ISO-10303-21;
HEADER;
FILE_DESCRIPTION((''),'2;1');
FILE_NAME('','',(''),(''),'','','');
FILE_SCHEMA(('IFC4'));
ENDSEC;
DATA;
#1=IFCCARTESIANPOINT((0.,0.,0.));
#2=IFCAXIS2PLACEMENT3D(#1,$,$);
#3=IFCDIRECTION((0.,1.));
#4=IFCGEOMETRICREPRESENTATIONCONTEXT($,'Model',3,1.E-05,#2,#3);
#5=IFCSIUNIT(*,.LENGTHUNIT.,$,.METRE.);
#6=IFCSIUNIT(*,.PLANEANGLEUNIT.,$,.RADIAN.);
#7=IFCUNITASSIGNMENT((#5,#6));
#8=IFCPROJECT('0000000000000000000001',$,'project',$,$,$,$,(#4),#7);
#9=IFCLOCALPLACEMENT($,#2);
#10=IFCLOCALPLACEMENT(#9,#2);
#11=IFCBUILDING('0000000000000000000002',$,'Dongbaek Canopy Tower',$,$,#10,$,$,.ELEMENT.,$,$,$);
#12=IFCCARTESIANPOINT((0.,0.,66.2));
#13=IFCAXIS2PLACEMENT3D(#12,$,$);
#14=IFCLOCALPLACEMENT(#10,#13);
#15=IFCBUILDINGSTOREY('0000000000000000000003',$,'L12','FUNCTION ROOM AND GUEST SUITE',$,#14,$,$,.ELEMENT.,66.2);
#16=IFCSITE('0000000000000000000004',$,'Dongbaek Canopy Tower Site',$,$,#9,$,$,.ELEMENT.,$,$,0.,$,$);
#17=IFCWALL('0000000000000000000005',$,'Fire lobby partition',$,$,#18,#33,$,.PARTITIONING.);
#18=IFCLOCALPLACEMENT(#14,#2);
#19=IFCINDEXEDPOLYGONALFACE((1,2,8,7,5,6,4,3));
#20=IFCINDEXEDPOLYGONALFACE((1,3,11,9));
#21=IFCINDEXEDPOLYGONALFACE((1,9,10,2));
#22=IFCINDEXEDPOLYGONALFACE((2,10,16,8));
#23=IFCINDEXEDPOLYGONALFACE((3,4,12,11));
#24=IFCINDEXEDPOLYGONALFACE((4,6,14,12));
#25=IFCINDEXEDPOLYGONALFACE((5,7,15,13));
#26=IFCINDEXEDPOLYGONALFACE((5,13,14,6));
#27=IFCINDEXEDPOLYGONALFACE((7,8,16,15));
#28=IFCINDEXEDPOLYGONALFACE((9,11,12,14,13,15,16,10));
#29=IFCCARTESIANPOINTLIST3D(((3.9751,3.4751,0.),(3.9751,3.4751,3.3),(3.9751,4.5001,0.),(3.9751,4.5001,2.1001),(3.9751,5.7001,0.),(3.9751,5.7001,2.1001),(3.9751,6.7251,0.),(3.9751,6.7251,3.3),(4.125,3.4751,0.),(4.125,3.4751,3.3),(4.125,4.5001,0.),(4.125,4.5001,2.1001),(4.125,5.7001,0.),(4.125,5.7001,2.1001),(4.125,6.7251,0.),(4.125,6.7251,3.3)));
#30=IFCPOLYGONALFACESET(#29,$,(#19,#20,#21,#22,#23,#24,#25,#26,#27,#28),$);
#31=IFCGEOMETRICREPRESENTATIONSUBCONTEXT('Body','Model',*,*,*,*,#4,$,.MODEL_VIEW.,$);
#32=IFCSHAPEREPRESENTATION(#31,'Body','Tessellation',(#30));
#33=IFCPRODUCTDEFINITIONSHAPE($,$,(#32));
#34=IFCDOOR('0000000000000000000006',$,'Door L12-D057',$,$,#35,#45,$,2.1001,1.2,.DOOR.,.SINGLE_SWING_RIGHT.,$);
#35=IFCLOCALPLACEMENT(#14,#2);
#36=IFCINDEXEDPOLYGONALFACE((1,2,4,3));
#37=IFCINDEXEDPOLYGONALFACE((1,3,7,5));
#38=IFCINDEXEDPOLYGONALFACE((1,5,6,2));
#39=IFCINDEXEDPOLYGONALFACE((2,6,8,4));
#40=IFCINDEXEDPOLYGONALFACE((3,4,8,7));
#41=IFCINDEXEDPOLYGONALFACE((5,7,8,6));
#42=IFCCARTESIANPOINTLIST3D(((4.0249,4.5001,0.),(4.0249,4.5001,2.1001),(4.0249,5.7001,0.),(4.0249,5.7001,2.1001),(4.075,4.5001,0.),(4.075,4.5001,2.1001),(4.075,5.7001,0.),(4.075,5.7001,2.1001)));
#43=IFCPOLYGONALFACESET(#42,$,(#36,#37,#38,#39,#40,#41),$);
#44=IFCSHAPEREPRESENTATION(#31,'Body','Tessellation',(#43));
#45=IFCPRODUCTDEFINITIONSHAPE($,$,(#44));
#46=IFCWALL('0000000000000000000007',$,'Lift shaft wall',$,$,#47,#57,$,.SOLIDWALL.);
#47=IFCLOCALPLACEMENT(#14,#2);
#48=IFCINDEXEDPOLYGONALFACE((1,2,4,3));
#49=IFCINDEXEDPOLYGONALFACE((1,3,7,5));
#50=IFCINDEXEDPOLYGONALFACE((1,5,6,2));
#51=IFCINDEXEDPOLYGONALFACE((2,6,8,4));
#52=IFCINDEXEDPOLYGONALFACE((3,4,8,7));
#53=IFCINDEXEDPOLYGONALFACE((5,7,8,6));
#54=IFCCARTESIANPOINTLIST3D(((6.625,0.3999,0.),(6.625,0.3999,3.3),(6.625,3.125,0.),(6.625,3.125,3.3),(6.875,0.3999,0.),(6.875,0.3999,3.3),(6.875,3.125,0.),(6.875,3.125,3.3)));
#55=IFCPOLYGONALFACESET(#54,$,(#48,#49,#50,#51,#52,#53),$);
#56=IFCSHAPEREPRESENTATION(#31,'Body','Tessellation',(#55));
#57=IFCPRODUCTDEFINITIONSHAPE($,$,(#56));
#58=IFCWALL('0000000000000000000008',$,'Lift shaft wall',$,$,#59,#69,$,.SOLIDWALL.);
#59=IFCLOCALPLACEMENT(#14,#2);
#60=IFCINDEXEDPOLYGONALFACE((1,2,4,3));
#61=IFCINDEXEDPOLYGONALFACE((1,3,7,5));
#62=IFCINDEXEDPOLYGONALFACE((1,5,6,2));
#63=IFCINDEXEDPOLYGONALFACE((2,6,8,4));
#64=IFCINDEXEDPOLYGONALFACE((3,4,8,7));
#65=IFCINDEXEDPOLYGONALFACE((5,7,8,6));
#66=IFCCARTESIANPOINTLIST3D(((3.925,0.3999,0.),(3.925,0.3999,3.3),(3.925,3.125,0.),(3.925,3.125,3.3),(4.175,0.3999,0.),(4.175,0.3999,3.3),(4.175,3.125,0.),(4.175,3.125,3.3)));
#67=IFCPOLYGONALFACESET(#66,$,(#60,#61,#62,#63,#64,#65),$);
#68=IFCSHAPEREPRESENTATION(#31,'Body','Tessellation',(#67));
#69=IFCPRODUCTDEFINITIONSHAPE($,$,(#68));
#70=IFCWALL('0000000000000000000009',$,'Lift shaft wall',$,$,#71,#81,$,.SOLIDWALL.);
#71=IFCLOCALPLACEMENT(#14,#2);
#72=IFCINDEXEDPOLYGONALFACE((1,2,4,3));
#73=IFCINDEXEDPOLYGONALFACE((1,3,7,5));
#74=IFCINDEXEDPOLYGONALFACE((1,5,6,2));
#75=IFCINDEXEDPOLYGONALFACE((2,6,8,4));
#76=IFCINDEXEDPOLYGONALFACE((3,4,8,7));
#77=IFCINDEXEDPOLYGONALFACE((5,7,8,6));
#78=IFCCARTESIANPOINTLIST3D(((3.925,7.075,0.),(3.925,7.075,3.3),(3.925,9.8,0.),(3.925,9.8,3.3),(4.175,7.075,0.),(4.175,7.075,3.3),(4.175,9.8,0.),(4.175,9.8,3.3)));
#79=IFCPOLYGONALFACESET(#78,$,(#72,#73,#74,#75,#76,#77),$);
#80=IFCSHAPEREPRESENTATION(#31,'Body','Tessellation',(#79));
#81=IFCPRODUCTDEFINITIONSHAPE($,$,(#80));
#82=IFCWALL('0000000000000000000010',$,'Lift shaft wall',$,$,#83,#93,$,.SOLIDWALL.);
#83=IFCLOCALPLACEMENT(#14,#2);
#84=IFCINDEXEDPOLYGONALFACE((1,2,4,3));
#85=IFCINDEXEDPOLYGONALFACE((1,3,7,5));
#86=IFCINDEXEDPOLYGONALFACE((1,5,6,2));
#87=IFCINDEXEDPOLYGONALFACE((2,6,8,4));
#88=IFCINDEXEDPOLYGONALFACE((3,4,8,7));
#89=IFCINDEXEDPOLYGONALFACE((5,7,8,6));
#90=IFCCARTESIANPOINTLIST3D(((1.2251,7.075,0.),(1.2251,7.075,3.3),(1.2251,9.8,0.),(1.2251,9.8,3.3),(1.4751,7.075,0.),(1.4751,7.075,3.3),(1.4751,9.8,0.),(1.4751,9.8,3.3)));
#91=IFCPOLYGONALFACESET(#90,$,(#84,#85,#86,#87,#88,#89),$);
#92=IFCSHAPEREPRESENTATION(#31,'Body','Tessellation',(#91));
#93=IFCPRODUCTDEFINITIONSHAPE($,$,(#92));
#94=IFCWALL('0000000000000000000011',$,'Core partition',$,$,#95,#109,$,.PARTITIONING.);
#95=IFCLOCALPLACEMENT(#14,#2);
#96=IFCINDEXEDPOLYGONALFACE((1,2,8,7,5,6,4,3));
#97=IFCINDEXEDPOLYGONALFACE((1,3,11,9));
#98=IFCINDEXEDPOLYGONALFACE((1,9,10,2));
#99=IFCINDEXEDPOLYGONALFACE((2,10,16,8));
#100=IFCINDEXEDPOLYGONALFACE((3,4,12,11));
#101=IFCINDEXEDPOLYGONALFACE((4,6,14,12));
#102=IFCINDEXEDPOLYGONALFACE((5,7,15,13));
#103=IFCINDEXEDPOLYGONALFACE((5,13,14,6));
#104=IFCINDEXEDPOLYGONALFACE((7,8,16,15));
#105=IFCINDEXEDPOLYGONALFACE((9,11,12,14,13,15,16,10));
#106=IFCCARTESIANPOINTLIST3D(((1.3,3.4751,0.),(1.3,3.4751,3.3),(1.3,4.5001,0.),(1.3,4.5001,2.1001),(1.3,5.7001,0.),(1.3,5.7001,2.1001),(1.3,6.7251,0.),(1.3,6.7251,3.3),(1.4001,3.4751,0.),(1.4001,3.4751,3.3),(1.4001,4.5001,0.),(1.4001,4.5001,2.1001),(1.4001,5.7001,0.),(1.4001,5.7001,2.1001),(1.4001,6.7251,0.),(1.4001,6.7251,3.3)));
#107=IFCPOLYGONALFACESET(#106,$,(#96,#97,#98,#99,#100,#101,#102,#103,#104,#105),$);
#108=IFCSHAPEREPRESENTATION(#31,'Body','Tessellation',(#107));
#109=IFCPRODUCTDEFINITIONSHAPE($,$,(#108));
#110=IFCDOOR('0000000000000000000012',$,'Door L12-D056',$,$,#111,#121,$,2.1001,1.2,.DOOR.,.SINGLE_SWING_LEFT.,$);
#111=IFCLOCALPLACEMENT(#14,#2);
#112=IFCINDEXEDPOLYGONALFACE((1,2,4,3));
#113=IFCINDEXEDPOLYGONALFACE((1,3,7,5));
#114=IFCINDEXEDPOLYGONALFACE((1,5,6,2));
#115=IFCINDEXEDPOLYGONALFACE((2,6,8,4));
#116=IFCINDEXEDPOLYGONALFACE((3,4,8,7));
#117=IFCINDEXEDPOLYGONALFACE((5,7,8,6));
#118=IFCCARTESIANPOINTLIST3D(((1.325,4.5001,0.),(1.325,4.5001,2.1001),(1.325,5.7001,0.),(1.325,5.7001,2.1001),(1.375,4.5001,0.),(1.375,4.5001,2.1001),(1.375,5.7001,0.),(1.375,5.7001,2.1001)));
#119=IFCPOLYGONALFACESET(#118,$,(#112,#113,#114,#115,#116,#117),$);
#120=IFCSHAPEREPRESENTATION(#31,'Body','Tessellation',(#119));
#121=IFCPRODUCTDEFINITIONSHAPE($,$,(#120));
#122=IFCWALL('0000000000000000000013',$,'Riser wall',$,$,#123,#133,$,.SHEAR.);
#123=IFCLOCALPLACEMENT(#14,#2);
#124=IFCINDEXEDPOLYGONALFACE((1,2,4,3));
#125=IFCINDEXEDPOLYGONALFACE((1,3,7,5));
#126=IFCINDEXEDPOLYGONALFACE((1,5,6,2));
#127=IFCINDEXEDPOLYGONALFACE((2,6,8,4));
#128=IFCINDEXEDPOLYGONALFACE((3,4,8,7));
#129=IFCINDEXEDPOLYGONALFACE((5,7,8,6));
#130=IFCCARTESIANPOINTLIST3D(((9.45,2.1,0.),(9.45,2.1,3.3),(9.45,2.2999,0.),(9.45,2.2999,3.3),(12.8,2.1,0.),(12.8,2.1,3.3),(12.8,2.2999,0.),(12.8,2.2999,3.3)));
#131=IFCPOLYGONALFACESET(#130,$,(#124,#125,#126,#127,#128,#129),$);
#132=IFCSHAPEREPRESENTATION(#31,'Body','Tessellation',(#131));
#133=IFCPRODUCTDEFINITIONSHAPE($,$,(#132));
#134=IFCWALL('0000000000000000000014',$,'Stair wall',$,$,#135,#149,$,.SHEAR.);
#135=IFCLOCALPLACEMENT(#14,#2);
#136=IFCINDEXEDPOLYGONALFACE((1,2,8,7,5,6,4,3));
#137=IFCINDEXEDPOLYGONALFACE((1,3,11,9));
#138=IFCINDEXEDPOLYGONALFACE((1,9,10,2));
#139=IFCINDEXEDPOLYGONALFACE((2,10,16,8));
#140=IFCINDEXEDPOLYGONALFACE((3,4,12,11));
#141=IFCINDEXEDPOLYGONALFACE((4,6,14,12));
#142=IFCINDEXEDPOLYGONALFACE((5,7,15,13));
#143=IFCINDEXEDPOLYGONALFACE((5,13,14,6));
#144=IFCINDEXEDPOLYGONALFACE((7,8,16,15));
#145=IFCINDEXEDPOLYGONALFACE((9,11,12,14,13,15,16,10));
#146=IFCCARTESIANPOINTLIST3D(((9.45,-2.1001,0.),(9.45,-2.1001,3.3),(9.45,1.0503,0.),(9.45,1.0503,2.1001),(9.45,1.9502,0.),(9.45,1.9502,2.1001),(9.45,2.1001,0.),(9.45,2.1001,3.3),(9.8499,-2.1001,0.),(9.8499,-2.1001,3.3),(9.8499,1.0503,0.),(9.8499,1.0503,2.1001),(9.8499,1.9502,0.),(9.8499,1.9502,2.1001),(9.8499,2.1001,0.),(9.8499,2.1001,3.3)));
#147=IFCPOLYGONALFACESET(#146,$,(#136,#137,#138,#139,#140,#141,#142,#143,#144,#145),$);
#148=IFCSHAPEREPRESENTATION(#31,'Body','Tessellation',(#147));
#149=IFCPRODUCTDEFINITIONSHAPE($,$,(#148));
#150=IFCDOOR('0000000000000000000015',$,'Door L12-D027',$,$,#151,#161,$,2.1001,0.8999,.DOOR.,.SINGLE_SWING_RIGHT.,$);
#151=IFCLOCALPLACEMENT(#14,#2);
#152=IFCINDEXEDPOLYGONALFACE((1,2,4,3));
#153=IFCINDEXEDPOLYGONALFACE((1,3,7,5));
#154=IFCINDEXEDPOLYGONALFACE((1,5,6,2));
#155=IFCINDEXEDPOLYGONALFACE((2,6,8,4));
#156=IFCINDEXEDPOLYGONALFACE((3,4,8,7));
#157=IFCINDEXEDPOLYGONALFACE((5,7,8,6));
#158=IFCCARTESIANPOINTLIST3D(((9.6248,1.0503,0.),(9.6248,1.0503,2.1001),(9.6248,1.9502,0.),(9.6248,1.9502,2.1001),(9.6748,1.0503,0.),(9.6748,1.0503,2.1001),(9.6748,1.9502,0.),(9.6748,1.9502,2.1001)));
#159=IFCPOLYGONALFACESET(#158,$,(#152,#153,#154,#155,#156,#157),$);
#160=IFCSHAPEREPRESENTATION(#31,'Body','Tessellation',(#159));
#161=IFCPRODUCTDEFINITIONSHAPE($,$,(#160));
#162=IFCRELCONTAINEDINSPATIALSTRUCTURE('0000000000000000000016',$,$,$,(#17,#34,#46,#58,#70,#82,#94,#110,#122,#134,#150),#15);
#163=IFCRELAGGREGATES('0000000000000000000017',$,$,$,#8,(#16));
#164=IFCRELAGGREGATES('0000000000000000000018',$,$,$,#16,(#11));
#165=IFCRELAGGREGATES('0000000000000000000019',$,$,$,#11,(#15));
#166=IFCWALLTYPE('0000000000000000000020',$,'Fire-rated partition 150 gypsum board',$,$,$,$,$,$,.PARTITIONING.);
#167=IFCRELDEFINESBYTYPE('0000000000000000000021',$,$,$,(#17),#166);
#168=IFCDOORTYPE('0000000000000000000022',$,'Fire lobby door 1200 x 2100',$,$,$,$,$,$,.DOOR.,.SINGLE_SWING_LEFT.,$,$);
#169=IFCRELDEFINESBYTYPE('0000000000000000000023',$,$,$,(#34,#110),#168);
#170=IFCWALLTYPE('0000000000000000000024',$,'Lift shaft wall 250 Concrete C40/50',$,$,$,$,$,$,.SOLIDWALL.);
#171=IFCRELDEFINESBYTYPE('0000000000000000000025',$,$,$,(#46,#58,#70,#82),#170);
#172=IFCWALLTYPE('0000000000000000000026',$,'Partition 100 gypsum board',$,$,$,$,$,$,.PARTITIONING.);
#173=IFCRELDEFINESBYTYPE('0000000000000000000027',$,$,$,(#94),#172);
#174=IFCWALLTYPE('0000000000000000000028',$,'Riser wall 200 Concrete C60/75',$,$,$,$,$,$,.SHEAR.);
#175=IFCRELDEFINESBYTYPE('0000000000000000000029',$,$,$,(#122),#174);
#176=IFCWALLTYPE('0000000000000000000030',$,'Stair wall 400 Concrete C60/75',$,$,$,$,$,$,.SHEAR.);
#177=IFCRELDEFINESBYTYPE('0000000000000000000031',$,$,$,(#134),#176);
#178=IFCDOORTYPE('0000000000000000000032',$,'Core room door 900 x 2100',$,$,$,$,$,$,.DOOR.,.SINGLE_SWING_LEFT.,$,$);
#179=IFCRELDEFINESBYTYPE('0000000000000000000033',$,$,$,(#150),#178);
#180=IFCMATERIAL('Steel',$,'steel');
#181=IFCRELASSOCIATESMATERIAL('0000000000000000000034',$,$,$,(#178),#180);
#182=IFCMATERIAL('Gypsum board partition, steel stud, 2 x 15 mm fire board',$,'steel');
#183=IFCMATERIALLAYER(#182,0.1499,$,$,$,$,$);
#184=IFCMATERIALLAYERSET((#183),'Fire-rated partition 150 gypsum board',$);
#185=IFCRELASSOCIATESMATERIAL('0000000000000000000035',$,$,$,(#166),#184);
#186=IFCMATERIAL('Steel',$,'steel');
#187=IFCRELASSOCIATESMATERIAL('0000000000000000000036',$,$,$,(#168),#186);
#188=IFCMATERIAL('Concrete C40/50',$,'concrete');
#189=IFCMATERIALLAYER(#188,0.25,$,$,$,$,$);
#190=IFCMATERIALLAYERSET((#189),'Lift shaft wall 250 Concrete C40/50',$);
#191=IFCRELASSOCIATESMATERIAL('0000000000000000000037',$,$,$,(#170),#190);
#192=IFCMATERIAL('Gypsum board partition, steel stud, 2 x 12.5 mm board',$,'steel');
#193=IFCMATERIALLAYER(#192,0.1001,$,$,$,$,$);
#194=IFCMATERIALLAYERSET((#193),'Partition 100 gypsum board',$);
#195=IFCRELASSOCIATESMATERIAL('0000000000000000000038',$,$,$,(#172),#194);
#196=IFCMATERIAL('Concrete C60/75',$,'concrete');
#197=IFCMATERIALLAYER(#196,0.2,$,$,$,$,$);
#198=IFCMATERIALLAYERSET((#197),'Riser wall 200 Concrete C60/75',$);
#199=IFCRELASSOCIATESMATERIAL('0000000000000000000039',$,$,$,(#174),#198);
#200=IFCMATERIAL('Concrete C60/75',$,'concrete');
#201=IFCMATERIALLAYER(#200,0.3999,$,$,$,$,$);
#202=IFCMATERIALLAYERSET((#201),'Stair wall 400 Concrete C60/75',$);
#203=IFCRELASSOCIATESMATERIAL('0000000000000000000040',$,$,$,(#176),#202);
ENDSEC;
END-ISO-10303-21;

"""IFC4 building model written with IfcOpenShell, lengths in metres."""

from ifc_helpers import new_model, si_unit, direction, frame, frame_2d, origin, place, context, subcontext, project, spatial, rectangle, extrude, material, layer, layer_set, type_object, element, fill, save


model = new_model("IFC4")

# Units and contexts
model_context = context("Model", 3, precision=1e-05, world=origin(), true_north=direction((0.0, 1.0)))
body_context = subcontext(model_context, "Body", "Model", "MODEL_VIEW")
ifc_project = project(units=[si_unit("LENGTHUNIT", "METRE"), si_unit("PLANEANGLEUNIT", "RADIAN")], contexts=[model_context])

# Site, building, storey
site_placement = place(None, origin())
site = spatial("IfcSite", under=ifc_project, at=site_placement, Name="Dongbaek Canopy Tower Site", CompositionType="ELEMENT", RefElevation=0.0)
building_placement = place(site_placement, origin())
building = spatial("IfcBuilding", under=site, at=building_placement, Name="Dongbaek Canopy Tower", CompositionType="ELEMENT")
storey_placement = place(building_placement, frame((0.0, 0.0, 66.2)))
storey = spatial("IfcBuildingStorey", under=building, at=storey_placement, Name="L12", Description="FUNCTION ROOM AND GUEST SUITE", CompositionType="ELEMENT", Elevation=66.2)

# Shared definitions
ifc_material_1 = material(Name="Steel", Category="steel")
door_type_1 = type_object("IfcDoorType", Name="Core room door 900 x 2100", OperationType="SINGLE_SWING_LEFT", PredefinedType="DOOR", material=ifc_material_1)

# Wall, opening, door
ifc_material_2 = material(Name="Gypsum board partition, steel stud, 2 x 15 mm fire board", Category="steel")
ifc_layer_1 = layer(ifc_material_2, 0.1499)
ifc_layer_set_1 = layer_set([ifc_layer_1], Name="Fire-rated partition 150 gypsum board")
wall_type_1 = type_object("IfcWallType", Name="Fire-rated partition 150 gypsum board", PredefinedType="PARTITIONING", material=ifc_layer_set_1)
wall_1_placement = place(storey_placement, frame((4.05, 6.7251, 0.0), z_axis=(0.0, 0.0, 1.0), x_axis=(0.0, -1.0, 0.0)))
wall_1 = element("IfcWall", 1, at=wall_1_placement, inside=storey, type_object=wall_type_1, Name="Fire lobby partition", PredefinedType="PARTITIONING", context=body_context, shape_type="SweptSolid", body=[
    extrude(rectangle(XDim=3.25, YDim=0.1499, at=frame_2d((1.625, 0.0))), origin(), (0.0, 0.0, 1.0), 3.3),
])
opening_1_placement = place(wall_1_placement, frame((1.0249, 0.0, 0.0)))
opening_1 = element("IfcOpeningElement", 2, at=opening_1_placement, cuts=wall_1, PredefinedType="OPENING", context=body_context, shape_type="SweptSolid", body=[
    extrude(rectangle(XDim=1.2, YDim=2.1001, at=frame_2d((0.6001, 1.05))), frame((0.0, 0.085, 0.0), z_axis=(0.0, -1.0, 0.0), x_axis=(1.0, 0.0, 0.0)), (0.0, 0.0, 1.0), 0.1699),
])
ifc_material_3 = material(Name="Steel", Category="steel")
door_type_2 = type_object("IfcDoorType", Name="Fire lobby door 1200 x 2100", OperationType="SINGLE_SWING_LEFT", PredefinedType="DOOR", material=ifc_material_3)
door_1_placement = place(opening_1_placement, origin())
door_1 = element("IfcDoor", 3, at=door_1_placement, inside=storey, type_object=door_type_2, Name="Door L12-D057", OperationType="SINGLE_SWING_RIGHT", OverallHeight=2.1001, OverallWidth=1.2, PredefinedType="DOOR", context=body_context, shape_type="SweptSolid", body=[
    extrude(rectangle(XDim=1.2, YDim=2.1001, at=frame_2d((0.6001, 1.05))), frame((0.0, 0.0249, 0.0), z_axis=(0.0, -1.0, 0.0), x_axis=(1.0, 0.0, 0.0)), (0.0, 0.0, 1.0), 0.05),
])
fill(opening_1, door_1)

# Walls
ifc_material_4 = material(Name="Concrete C40/50", Category="concrete")
ifc_layer_2 = layer(ifc_material_4, 0.25)
ifc_layer_set_2 = layer_set([ifc_layer_2], Name="Lift shaft wall 250 Concrete C40/50")
wall_type_2 = type_object("IfcWallType", Name="Lift shaft wall 250 Concrete C40/50", PredefinedType="SOLIDWALL", material=ifc_layer_set_2)
for number, where, z_axis, x_axis, name in (
    (4, (6.75, 0.3999, 0.0), (0.0, 0.0, 1.0), (0.0, 1.0, 0.0), "Lift shaft wall"),
    (5, (4.05, 0.3999, 0.0), (0.0, 0.0, 1.0), (0.0, 1.0, 0.0), "Lift shaft wall"),
    (6, (4.05, 7.075, 0.0), (0.0, 0.0, 1.0), (0.0, 1.0, 0.0), "Lift shaft wall"),
    (7, (1.3501, 7.075, 0.0), (0.0, 0.0, 1.0), (0.0, 1.0, 0.0), "Lift shaft wall"),
):
    element("IfcWall", number, at=place(storey_placement, frame(where, z_axis=z_axis, x_axis=x_axis)), inside=storey, type_object=wall_type_2, Name=name, PredefinedType="SOLIDWALL", context=body_context, shape_type="SweptSolid", body=[
        extrude(rectangle(XDim=2.7251, YDim=0.25, at=frame_2d((1.3625, 0.0))), origin(), (0.0, 0.0, 1.0), 3.3),
    ])

# Wall, opening, door
ifc_material_5 = material(Name="Gypsum board partition, steel stud, 2 x 12.5 mm board", Category="steel")
ifc_layer_3 = layer(ifc_material_5, 0.1001)
ifc_layer_set_3 = layer_set([ifc_layer_3], Name="Partition 100 gypsum board")
wall_type_3 = type_object("IfcWallType", Name="Partition 100 gypsum board", PredefinedType="PARTITIONING", material=ifc_layer_set_3)
wall_2_placement = place(storey_placement, frame((1.3501, 6.7251, 0.0), z_axis=(0.0, 0.0, 1.0), x_axis=(0.0, -1.0, 0.0)))
wall_2 = element("IfcWall", 8, at=wall_2_placement, inside=storey, type_object=wall_type_3, Name="Core partition", PredefinedType="PARTITIONING", context=body_context, shape_type="SweptSolid", body=[
    extrude(rectangle(XDim=3.25, YDim=0.1001, at=frame_2d((1.625, 0.0))), origin(), (0.0, 0.0, 1.0), 3.3),
])
opening_2_placement = place(wall_2_placement, frame((1.0249, 0.0, 0.0)))
opening_2 = element("IfcOpeningElement", 9, at=opening_2_placement, cuts=wall_2, PredefinedType="OPENING", context=body_context, shape_type="SweptSolid", body=[
    extrude(rectangle(XDim=1.2, YDim=2.1001, at=frame_2d((0.6001, 1.05))), frame((0.0, 0.0601, 0.0), z_axis=(0.0, -1.0, 0.0), x_axis=(1.0, 0.0, 0.0)), (0.0, 0.0, 1.0), 0.1201),
])
door_2_placement = place(opening_2_placement, origin())
door_2 = element("IfcDoor", 10, at=door_2_placement, inside=storey, type_object=door_type_2, Name="Door L12-D056", OperationType="SINGLE_SWING_LEFT", OverallHeight=2.1001, OverallWidth=1.2, PredefinedType="DOOR", context=body_context, shape_type="SweptSolid", body=[
    extrude(rectangle(XDim=1.2, YDim=2.1001, at=frame_2d((0.6001, 1.05))), frame((0.0, 0.0249, 0.0), z_axis=(0.0, -1.0, 0.0), x_axis=(1.0, 0.0, 0.0)), (0.0, 0.0, 1.0), 0.05),
])
fill(opening_2, door_2)

# Wall
ifc_material_6 = material(Name="Concrete C60/75", Category="concrete")
ifc_layer_4 = layer(ifc_material_6, 0.2)
ifc_layer_set_4 = layer_set([ifc_layer_4], Name="Riser wall 200 Concrete C60/75")
wall_type_4 = type_object("IfcWallType", Name="Riser wall 200 Concrete C60/75", PredefinedType="SHEAR", material=ifc_layer_set_4)
wall_3_placement = place(storey_placement, frame((9.45, 2.2, 0.0), z_axis=(0.0, 0.0, 1.0), x_axis=(1.0, 0.0, 0.0)))
element("IfcWall", 11, at=wall_3_placement, inside=storey, type_object=wall_type_4, Name="Riser wall", PredefinedType="SHEAR", context=body_context, shape_type="SweptSolid", body=[
    extrude(rectangle(XDim=3.3501, YDim=0.2, at=frame_2d((1.675, 0.0))), origin(), (0.0, 0.0, 1.0), 3.3),
])

# Wall, opening, door
ifc_material_7 = material(Name="Concrete C60/75", Category="concrete")
ifc_layer_5 = layer(ifc_material_7, 0.3999)
ifc_layer_set_5 = layer_set([ifc_layer_5], Name="Stair wall 400 Concrete C60/75")
wall_type_5 = type_object("IfcWallType", Name="Stair wall 400 Concrete C60/75", PredefinedType="SHEAR", material=ifc_layer_set_5)
wall_4_placement = place(storey_placement, frame((9.6499, 2.1001, 0.0), z_axis=(0.0, 0.0, 1.0), x_axis=(0.0, -1.0, 0.0)))
wall_4 = element("IfcWall", 12, at=wall_4_placement, inside=storey, type_object=wall_type_5, Name="Stair wall", PredefinedType="SHEAR", context=body_context, shape_type="SweptSolid", body=[
    extrude(rectangle(XDim=4.2002, YDim=0.3999, at=frame_2d((2.1001, 0.0))), origin(), (0.0, 0.0, 1.0), 3.3),
])
opening_3_placement = place(wall_4_placement, frame((0.1499, 0.0, 0.0)))
opening_3 = element("IfcOpeningElement", 13, at=opening_3_placement, cuts=wall_4, PredefinedType="OPENING", context=body_context, shape_type="SweptSolid", body=[
    extrude(rectangle(XDim=0.8999, YDim=2.1001, at=frame_2d((0.45, 1.05))), frame((0.0, 0.21, 0.0), z_axis=(0.0, -1.0, 0.0), x_axis=(1.0, 0.0, 0.0)), (0.0, 0.0, 1.0), 0.4199),
])
door_3_placement = place(opening_3_placement, origin())
door_3 = element("IfcDoor", 14, at=door_3_placement, inside=storey, type_object=door_type_1, Name="Door L12-D027", OperationType="SINGLE_SWING_RIGHT", OverallHeight=2.1001, OverallWidth=0.8999, PredefinedType="DOOR", context=body_context, shape_type="SweptSolid", body=[
    extrude(rectangle(XDim=0.8999, YDim=2.1001, at=frame_2d((0.45, 1.05))), frame((0.0, 0.0249, 0.0), z_axis=(0.0, -1.0, 0.0), x_axis=(1.0, 0.0, 0.0)), (0.0, 0.0, 1.0), 0.05),
])
fill(opening_3, door_3)

save(model, "model.ifc")
